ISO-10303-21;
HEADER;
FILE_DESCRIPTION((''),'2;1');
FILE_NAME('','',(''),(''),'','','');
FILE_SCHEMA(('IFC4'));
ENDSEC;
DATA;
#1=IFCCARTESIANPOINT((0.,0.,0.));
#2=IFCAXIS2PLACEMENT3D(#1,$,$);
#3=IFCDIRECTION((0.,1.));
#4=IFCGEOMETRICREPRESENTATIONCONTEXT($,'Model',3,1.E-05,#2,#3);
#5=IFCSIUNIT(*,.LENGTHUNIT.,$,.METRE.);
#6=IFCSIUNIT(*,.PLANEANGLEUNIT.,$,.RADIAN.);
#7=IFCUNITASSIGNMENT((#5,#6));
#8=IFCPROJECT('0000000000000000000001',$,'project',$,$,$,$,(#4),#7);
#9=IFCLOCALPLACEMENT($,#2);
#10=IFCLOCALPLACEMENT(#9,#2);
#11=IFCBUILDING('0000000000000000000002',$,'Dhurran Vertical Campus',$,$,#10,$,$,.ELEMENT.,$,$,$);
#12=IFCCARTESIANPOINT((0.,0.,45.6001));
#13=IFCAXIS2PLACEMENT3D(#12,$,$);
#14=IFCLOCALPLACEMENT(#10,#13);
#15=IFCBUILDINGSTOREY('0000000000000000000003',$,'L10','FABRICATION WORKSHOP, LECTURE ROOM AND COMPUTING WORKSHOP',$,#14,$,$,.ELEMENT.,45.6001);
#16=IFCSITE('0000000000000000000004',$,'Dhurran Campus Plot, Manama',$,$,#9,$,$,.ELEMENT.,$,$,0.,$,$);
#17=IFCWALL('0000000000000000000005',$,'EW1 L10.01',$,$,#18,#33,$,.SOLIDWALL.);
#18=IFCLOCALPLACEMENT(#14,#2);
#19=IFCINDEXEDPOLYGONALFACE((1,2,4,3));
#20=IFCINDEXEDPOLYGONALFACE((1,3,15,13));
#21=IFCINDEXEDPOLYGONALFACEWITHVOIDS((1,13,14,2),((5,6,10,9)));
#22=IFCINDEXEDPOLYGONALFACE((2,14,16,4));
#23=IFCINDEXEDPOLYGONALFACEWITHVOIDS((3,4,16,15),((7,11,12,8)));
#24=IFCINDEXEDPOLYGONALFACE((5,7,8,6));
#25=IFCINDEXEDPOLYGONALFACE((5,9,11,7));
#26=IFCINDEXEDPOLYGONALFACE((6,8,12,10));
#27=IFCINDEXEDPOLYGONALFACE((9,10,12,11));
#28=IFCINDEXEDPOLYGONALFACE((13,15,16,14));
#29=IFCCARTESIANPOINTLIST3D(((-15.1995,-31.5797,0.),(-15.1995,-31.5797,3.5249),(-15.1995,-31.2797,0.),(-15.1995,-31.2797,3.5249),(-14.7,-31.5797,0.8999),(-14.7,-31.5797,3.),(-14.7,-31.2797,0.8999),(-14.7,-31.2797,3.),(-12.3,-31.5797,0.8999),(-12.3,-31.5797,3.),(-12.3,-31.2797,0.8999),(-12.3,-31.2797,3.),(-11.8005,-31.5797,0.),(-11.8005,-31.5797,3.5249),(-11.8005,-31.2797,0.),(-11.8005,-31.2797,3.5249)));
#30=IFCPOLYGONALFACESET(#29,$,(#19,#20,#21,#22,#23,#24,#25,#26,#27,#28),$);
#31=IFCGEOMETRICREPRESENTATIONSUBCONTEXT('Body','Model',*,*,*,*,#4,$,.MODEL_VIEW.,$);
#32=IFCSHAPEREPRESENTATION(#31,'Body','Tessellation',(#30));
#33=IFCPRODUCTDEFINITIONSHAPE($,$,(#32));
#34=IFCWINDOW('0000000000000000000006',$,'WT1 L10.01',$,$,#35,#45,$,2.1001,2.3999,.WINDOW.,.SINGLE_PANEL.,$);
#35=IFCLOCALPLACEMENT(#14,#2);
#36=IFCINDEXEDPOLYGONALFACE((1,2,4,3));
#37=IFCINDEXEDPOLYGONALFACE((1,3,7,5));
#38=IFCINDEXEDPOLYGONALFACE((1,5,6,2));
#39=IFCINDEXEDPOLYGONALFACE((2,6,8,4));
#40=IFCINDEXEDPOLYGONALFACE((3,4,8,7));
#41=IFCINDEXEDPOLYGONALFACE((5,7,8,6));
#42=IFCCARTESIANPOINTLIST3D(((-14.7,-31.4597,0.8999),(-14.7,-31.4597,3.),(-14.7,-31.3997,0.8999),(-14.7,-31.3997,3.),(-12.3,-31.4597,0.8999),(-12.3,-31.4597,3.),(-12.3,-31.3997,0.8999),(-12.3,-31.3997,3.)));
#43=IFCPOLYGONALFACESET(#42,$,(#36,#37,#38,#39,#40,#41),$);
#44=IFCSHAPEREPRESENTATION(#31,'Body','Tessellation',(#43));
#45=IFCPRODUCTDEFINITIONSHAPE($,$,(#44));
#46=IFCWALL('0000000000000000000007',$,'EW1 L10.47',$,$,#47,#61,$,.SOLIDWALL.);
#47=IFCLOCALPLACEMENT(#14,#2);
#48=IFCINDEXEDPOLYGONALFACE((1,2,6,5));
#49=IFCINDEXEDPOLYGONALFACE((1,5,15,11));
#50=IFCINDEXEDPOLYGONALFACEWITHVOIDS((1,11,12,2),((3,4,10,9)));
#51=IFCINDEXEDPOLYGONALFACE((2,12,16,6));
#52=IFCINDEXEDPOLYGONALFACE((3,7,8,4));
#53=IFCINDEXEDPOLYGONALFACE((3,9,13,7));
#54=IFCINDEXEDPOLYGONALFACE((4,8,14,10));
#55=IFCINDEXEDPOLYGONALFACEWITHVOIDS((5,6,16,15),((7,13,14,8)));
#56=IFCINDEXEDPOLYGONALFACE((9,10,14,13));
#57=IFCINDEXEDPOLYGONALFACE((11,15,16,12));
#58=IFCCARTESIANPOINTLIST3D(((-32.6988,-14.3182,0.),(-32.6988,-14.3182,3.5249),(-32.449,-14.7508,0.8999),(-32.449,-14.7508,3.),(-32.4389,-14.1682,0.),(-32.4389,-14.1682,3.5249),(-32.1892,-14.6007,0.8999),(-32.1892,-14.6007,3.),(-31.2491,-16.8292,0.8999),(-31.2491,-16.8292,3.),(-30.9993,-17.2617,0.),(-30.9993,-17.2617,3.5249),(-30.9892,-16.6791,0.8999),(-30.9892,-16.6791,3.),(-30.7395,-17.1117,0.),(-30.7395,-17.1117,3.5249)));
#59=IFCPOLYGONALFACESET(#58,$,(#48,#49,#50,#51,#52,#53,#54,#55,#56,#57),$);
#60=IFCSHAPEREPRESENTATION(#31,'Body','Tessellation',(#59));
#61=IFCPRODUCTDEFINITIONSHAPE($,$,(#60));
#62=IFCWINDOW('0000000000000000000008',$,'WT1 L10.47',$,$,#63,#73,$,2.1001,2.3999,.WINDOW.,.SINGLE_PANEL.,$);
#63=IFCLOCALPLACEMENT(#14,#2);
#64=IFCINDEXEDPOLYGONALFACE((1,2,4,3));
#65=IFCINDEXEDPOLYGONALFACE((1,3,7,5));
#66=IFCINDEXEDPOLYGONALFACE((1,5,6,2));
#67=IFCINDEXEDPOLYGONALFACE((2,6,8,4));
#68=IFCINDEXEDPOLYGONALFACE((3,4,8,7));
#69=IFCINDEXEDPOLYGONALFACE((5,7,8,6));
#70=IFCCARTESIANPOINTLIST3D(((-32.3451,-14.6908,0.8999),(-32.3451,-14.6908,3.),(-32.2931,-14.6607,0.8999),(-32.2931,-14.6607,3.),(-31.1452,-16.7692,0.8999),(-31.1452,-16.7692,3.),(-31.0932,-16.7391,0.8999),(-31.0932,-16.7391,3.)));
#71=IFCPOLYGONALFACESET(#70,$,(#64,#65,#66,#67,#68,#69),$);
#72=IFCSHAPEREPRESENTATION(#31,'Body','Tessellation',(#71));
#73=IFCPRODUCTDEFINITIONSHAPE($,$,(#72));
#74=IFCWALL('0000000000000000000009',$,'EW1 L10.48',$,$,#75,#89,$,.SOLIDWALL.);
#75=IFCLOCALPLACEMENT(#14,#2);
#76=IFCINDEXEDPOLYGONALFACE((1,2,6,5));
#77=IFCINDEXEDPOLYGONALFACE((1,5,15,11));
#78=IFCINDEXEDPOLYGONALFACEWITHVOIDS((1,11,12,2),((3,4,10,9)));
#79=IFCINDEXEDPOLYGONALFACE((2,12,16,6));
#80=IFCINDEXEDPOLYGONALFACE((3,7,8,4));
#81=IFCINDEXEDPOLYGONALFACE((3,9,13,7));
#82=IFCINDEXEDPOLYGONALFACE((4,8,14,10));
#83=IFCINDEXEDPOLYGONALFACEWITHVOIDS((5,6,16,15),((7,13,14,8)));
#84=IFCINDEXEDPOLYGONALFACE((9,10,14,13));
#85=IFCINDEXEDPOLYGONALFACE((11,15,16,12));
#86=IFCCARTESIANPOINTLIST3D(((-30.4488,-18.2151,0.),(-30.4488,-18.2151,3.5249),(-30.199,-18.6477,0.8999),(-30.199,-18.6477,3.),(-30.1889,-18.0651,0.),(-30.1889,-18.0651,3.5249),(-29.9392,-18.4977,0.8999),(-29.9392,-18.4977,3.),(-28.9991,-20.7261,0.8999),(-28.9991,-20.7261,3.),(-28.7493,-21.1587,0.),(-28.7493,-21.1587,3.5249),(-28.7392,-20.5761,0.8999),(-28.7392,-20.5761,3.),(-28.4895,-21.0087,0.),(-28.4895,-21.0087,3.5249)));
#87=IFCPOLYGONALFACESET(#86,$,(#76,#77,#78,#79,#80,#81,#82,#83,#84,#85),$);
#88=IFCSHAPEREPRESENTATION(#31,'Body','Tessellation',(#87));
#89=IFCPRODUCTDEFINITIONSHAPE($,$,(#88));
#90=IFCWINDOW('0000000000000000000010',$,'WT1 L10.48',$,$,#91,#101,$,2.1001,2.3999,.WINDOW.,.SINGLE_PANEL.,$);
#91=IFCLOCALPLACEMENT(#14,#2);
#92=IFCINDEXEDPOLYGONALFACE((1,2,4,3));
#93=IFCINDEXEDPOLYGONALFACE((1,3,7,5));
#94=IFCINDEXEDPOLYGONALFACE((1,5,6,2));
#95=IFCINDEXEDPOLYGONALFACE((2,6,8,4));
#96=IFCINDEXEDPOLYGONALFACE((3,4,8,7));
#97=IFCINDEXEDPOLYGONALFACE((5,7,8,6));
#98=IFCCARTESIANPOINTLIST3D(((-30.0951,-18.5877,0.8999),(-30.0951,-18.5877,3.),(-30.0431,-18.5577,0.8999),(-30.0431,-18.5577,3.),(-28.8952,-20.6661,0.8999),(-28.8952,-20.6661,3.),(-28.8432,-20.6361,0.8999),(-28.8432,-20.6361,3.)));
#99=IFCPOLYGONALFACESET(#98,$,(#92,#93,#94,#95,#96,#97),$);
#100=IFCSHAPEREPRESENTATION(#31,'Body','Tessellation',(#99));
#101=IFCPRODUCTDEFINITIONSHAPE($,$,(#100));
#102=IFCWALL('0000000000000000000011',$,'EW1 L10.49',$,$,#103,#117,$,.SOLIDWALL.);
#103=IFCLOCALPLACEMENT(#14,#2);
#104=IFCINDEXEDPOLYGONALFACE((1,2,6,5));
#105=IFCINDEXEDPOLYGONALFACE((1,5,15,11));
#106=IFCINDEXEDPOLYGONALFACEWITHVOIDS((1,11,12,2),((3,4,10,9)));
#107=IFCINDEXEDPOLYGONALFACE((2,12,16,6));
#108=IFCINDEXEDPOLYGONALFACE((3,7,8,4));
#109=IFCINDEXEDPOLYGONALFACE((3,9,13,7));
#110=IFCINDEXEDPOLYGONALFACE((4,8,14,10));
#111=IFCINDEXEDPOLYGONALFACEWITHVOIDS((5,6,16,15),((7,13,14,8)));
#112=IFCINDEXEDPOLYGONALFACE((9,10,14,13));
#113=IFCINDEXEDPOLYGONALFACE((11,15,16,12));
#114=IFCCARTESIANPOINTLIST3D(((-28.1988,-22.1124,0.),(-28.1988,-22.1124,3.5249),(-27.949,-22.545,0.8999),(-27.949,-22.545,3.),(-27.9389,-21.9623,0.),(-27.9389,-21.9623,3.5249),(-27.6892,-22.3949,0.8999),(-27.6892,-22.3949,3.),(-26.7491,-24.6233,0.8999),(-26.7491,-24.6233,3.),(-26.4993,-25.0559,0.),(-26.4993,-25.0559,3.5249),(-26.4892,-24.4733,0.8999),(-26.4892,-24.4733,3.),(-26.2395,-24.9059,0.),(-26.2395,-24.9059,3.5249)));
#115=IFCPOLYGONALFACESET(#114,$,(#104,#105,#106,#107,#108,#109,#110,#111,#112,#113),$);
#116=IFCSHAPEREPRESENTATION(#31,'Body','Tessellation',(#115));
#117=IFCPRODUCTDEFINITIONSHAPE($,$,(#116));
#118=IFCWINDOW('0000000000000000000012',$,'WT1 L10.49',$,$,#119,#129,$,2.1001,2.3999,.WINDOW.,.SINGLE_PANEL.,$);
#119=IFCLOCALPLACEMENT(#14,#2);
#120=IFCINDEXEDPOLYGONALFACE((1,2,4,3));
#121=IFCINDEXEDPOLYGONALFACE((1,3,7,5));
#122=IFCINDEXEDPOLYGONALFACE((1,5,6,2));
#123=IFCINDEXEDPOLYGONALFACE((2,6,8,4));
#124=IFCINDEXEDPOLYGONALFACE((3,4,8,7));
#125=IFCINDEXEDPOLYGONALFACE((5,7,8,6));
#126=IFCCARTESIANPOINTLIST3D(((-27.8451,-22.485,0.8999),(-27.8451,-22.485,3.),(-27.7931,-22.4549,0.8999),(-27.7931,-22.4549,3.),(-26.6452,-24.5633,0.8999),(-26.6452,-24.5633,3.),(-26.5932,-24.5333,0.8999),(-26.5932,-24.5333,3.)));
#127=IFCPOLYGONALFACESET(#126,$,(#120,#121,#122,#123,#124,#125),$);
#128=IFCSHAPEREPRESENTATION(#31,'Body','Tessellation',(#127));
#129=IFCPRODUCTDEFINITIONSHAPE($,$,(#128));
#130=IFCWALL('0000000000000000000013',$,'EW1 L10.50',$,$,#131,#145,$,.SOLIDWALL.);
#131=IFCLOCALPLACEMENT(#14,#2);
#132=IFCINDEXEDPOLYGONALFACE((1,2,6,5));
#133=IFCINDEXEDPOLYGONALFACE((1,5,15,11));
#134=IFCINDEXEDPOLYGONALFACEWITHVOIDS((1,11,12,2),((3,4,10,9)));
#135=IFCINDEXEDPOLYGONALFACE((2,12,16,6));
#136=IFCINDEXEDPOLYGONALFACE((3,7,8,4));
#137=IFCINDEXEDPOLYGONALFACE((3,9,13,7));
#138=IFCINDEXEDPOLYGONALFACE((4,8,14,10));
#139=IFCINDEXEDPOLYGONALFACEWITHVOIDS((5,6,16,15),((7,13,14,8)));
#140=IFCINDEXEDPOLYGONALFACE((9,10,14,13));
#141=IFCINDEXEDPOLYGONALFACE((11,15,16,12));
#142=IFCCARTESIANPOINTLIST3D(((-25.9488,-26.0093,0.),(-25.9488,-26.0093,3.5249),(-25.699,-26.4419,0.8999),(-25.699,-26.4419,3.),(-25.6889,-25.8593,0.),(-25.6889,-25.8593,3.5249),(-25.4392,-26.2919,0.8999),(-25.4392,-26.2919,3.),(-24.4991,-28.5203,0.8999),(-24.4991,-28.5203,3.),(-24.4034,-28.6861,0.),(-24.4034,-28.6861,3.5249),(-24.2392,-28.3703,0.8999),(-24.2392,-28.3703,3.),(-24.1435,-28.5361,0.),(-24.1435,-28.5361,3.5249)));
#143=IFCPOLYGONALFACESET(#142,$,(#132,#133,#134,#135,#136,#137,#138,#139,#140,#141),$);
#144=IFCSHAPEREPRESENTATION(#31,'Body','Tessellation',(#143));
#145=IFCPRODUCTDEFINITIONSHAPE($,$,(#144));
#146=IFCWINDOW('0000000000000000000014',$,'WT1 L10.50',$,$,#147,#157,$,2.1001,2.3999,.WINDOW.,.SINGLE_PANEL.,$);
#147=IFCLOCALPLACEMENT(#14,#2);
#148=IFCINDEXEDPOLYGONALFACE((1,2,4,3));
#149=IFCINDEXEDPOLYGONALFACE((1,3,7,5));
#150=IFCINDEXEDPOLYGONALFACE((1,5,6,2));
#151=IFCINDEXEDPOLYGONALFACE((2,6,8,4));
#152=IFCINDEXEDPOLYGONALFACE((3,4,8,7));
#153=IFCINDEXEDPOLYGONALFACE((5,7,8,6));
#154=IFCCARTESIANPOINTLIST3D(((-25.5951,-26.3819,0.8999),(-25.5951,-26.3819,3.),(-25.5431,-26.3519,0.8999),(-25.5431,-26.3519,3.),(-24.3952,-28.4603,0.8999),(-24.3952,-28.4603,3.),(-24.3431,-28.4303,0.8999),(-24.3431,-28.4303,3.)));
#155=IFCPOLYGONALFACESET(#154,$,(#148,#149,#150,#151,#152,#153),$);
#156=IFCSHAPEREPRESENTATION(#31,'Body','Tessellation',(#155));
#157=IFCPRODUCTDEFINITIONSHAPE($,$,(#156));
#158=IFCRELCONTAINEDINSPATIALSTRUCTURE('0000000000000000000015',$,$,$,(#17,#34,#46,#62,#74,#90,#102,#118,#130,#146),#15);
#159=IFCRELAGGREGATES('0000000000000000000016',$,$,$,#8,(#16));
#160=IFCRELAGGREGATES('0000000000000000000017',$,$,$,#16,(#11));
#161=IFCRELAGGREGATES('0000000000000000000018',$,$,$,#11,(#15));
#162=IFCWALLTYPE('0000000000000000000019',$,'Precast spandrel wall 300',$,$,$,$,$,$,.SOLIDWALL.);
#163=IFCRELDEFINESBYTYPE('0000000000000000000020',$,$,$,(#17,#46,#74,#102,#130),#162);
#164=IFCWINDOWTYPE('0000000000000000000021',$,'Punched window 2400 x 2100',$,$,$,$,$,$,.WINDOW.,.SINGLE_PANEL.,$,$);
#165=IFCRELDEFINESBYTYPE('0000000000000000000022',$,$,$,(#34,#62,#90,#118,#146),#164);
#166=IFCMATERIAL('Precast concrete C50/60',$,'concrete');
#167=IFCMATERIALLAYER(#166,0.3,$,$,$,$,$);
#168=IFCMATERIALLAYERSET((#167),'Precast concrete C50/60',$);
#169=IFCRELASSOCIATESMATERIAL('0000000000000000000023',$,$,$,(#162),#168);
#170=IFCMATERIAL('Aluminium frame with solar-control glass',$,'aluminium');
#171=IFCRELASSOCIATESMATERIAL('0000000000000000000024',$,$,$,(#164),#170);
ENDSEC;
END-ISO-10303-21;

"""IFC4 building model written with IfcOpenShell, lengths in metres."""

from ifc_helpers import new_model, si_unit, direction, frame, frame_2d, origin, place, context, subcontext, project, spatial, rectangle, extrude, material, layer, layer_set, type_object, element, fill, save


model = new_model("IFC4")

# Units and contexts
model_context = context("Model", 3, precision=1e-05, world=origin(), true_north=direction((0.0, 1.0)))
body_context = subcontext(model_context, "Body", "Model", "MODEL_VIEW")
ifc_project = project(units=[si_unit("LENGTHUNIT", "METRE"), si_unit("PLANEANGLEUNIT", "RADIAN")], contexts=[model_context])

# Site, building, storey
site_placement = place(None, origin())
site = spatial("IfcSite", under=ifc_project, at=site_placement, Name="Dhurran Campus Plot, Manama", CompositionType="ELEMENT", RefElevation=0.0)
building_placement = place(site_placement, origin())
building = spatial("IfcBuilding", under=site, at=building_placement, Name="Dhurran Vertical Campus", CompositionType="ELEMENT")
storey_placement = place(building_placement, frame((0.0, 0.0, 45.6001)))
storey = spatial("IfcBuildingStorey", under=building, at=storey_placement, Name="L10", Description="FABRICATION WORKSHOP, LECTURE ROOM AND COMPUTING WORKSHOP", CompositionType="ELEMENT", Elevation=45.6001)

# Walls, openings, windows
ifc_material_1 = material(Name="Precast concrete C50/60", Category="concrete")
ifc_layer_1 = layer(ifc_material_1, 0.3)
ifc_layer_set_1 = layer_set([ifc_layer_1], Name="Precast concrete C50/60")
wall_type_1 = type_object("IfcWallType", Name="Precast spandrel wall 300", PredefinedType="SOLIDWALL", material=ifc_layer_set_1)
ifc_material_2 = material(Name="Aluminium frame with solar-control glass", Category="aluminium")
window_type = type_object("IfcWindowType", Name="Punched window 2400 x 2100", PartitioningType="SINGLE_PANEL", PredefinedType="WINDOW", material=ifc_material_2)
wall_1_placement = place(storey_placement, frame((-15.1995, -31.4297, 0.0), z_axis=(0.0, 0.0, 1.0), x_axis=(1.0, 0.0, 0.0)))
wall_1 = element("IfcWall", 1, at=wall_1_placement, inside=storey, type_object=wall_type_1, Name="EW1 L10.01", PredefinedType="SOLIDWALL", context=body_context, shape_type="SweptSolid", body=[
    extrude(rectangle(XDim=3.3989, YDim=0.3, at=frame_2d((1.6995, 0.0))), origin(), (0.0, 0.0, 1.0), 3.5249),
])
opening_1_placement = place(wall_1_placement, frame((0.4995, 0.0, 0.8999)))
opening_1 = element("IfcOpeningElement", 2, at=opening_1_placement, cuts=wall_1, PredefinedType="OPENING", context=body_context, shape_type="SweptSolid", body=[
    extrude(rectangle(XDim=2.3999, YDim=2.1001, at=frame_2d((1.2, 1.05))), frame((0.0, 0.1599, 0.0), z_axis=(0.0, -1.0, 0.0), x_axis=(1.0, 0.0, 0.0)), (0.0, 0.0, 1.0), 0.3201),
])
window_1_placement = place(opening_1_placement, origin())
window_1 = element("IfcWindow", 3, at=window_1_placement, inside=storey, type_object=window_type, Name="WT1 L10.01", OverallHeight=2.1001, OverallWidth=2.3999, PartitioningType="SINGLE_PANEL", PredefinedType="WINDOW", context=body_context, shape_type="SweptSolid", body=[
    extrude(rectangle(XDim=2.3999, YDim=2.1001, at=frame_2d((1.2, 1.05))), frame((0.0, 0.03, 0.0), z_axis=(0.0, -1.0, 0.0), x_axis=(1.0, 0.0, 0.0)), (0.0, 0.0, 1.0), 0.0601),
])
fill(opening_1, window_1)
wall_2_placement = place(storey_placement, frame((-32.5688, -14.2432, 0.0), z_axis=(0.0, 0.0, 1.0), x_axis=(0.499994, -0.866029, 0.0)))
wall_2 = element("IfcWall", 4, at=wall_2_placement, inside=storey, type_object=wall_type_1, Name="EW1 L10.47", PredefinedType="SOLIDWALL", context=body_context, shape_type="SweptSolid", body=[
    extrude(rectangle(XDim=3.3989, YDim=0.3, at=frame_2d((1.6995, 0.0))), origin(), (0.0, 0.0, 1.0), 3.5249),
])
opening_2_placement = place(wall_2_placement, frame((0.4995, 0.0, 0.8999)))
opening_2 = element("IfcOpeningElement", 5, at=opening_2_placement, cuts=wall_2, PredefinedType="OPENING", context=body_context, shape_type="SweptSolid", body=[
    extrude(rectangle(XDim=2.3999, YDim=2.1001, at=frame_2d((1.2, 1.05))), frame((0.0, 0.1599, 0.0), z_axis=(0.0, -1.0, 0.0), x_axis=(1.0, 0.0, 0.0)), (0.0, 0.0, 1.0), 0.3201),
])
window_2_placement = place(opening_2_placement, origin())
window_2 = element("IfcWindow", 6, at=window_2_placement, inside=storey, type_object=window_type, Name="WT1 L10.47", OverallHeight=2.1001, OverallWidth=2.3999, PartitioningType="SINGLE_PANEL", PredefinedType="WINDOW", context=body_context, shape_type="SweptSolid", body=[
    extrude(rectangle(XDim=2.3999, YDim=2.1001, at=frame_2d((1.2, 1.05))), frame((0.0, 0.03, 0.0), z_axis=(0.0, -1.0, 0.0), x_axis=(1.0, 0.0, 0.0)), (0.0, 0.0, 1.0), 0.0601),
])
fill(opening_2, window_2)
wall_3_placement = place(storey_placement, frame((-30.3188, -18.1401, 0.0), z_axis=(0.0, 0.0, 1.0), x_axis=(0.499994, -0.866029, 0.0)))
wall_3 = element("IfcWall", 7, at=wall_3_placement, inside=storey, type_object=wall_type_1, Name="EW1 L10.48", PredefinedType="SOLIDWALL", context=body_context, shape_type="SweptSolid", body=[
    extrude(rectangle(XDim=3.3989, YDim=0.3, at=frame_2d((1.6995, 0.0))), origin(), (0.0, 0.0, 1.0), 3.5249),
])
opening_3_placement = place(wall_3_placement, frame((0.4995, 0.0, 0.8999)))
opening_3 = element("IfcOpeningElement", 8, at=opening_3_placement, cuts=wall_3, PredefinedType="OPENING", context=body_context, shape_type="SweptSolid", body=[
    extrude(rectangle(XDim=2.3999, YDim=2.1001, at=frame_2d((1.2, 1.05))), frame((0.0, 0.1599, 0.0), z_axis=(0.0, -1.0, 0.0), x_axis=(1.0, 0.0, 0.0)), (0.0, 0.0, 1.0), 0.3201),
])
window_3_placement = place(opening_3_placement, origin())
window_3 = element("IfcWindow", 9, at=window_3_placement, inside=storey, type_object=window_type, Name="WT1 L10.48", OverallHeight=2.1001, OverallWidth=2.3999, PartitioningType="SINGLE_PANEL", PredefinedType="WINDOW", context=body_context, shape_type="SweptSolid", body=[
    extrude(rectangle(XDim=2.3999, YDim=2.1001, at=frame_2d((1.2, 1.05))), frame((0.0, 0.03, 0.0), z_axis=(0.0, -1.0, 0.0), x_axis=(1.0, 0.0, 0.0)), (0.0, 0.0, 1.0), 0.0601),
])
fill(opening_3, window_3)
wall_4_placement = place(storey_placement, frame((-28.0688, -22.0374, 0.0), z_axis=(0.0, 0.0, 1.0), x_axis=(0.499994, -0.866029, 0.0)))
wall_4 = element("IfcWall", 10, at=wall_4_placement, inside=storey, type_object=wall_type_1, Name="EW1 L10.49", PredefinedType="SOLIDWALL", context=body_context, shape_type="SweptSolid", body=[
    extrude(rectangle(XDim=3.3989, YDim=0.3, at=frame_2d((1.6995, 0.0))), origin(), (0.0, 0.0, 1.0), 3.5249),
])
opening_4_placement = place(wall_4_placement, frame((0.4995, 0.0, 0.8999)))
opening_4 = element("IfcOpeningElement", 11, at=opening_4_placement, cuts=wall_4, PredefinedType="OPENING", context=body_context, shape_type="SweptSolid", body=[
    extrude(rectangle(XDim=2.3999, YDim=2.1001, at=frame_2d((1.2, 1.05))), frame((0.0, 0.1599, 0.0), z_axis=(0.0, -1.0, 0.0), x_axis=(1.0, 0.0, 0.0)), (0.0, 0.0, 1.0), 0.3201),
])
window_4_placement = place(opening_4_placement, origin())
window_4 = element("IfcWindow", 12, at=window_4_placement, inside=storey, type_object=window_type, Name="WT1 L10.49", OverallHeight=2.1001, OverallWidth=2.3999, PartitioningType="SINGLE_PANEL", PredefinedType="WINDOW", context=body_context, shape_type="SweptSolid", body=[
    extrude(rectangle(XDim=2.3999, YDim=2.1001, at=frame_2d((1.2, 1.05))), frame((0.0, 0.03, 0.0), z_axis=(0.0, -1.0, 0.0), x_axis=(1.0, 0.0, 0.0)), (0.0, 0.0, 1.0), 0.0601),
])
fill(opening_4, window_4)
wall_5_placement = place(storey_placement, frame((-25.8188, -25.9343, 0.0), z_axis=(0.0, 0.0, 1.0), x_axis=(0.499996, -0.866028, 0.0)))
wall_5 = element("IfcWall", 13, at=wall_5_placement, inside=storey, type_object=wall_type_1, Name="EW1 L10.50", PredefinedType="SOLIDWALL", context=body_context, shape_type="SweptSolid", body=[
    extrude(rectangle(XDim=3.0908, YDim=0.3, at=frame_2d((1.5454, 0.0))), origin(), (0.0, 0.0, 1.0), 3.5249),
])
opening_5_placement = place(wall_5_placement, frame((0.4995, 0.0, 0.8999)))
opening_5 = element("IfcOpeningElement", 14, at=opening_5_placement, cuts=wall_5, PredefinedType="OPENING", context=body_context, shape_type="SweptSolid", body=[
    extrude(rectangle(XDim=2.3999, YDim=2.1001, at=frame_2d((1.2, 1.05))), frame((0.0, 0.1599, 0.0), z_axis=(0.0, -1.0, 0.0), x_axis=(1.0, 0.0, 0.0)), (0.0, 0.0, 1.0), 0.3201),
])
window_5_placement = place(opening_5_placement, origin())
window_5 = element("IfcWindow", 15, at=window_5_placement, inside=storey, type_object=window_type, Name="WT1 L10.50", OverallHeight=2.1001, OverallWidth=2.3999, PartitioningType="SINGLE_PANEL", PredefinedType="WINDOW", context=body_context, shape_type="SweptSolid", body=[
    extrude(rectangle(XDim=2.3999, YDim=2.1001, at=frame_2d((1.2, 1.05))), frame((0.0, 0.03, 0.0), z_axis=(0.0, -1.0, 0.0), x_axis=(1.0, 0.0, 0.0)), (0.0, 0.0, 1.0), 0.0601),
])
fill(opening_5, window_5)

save(model, "model.ifc")
